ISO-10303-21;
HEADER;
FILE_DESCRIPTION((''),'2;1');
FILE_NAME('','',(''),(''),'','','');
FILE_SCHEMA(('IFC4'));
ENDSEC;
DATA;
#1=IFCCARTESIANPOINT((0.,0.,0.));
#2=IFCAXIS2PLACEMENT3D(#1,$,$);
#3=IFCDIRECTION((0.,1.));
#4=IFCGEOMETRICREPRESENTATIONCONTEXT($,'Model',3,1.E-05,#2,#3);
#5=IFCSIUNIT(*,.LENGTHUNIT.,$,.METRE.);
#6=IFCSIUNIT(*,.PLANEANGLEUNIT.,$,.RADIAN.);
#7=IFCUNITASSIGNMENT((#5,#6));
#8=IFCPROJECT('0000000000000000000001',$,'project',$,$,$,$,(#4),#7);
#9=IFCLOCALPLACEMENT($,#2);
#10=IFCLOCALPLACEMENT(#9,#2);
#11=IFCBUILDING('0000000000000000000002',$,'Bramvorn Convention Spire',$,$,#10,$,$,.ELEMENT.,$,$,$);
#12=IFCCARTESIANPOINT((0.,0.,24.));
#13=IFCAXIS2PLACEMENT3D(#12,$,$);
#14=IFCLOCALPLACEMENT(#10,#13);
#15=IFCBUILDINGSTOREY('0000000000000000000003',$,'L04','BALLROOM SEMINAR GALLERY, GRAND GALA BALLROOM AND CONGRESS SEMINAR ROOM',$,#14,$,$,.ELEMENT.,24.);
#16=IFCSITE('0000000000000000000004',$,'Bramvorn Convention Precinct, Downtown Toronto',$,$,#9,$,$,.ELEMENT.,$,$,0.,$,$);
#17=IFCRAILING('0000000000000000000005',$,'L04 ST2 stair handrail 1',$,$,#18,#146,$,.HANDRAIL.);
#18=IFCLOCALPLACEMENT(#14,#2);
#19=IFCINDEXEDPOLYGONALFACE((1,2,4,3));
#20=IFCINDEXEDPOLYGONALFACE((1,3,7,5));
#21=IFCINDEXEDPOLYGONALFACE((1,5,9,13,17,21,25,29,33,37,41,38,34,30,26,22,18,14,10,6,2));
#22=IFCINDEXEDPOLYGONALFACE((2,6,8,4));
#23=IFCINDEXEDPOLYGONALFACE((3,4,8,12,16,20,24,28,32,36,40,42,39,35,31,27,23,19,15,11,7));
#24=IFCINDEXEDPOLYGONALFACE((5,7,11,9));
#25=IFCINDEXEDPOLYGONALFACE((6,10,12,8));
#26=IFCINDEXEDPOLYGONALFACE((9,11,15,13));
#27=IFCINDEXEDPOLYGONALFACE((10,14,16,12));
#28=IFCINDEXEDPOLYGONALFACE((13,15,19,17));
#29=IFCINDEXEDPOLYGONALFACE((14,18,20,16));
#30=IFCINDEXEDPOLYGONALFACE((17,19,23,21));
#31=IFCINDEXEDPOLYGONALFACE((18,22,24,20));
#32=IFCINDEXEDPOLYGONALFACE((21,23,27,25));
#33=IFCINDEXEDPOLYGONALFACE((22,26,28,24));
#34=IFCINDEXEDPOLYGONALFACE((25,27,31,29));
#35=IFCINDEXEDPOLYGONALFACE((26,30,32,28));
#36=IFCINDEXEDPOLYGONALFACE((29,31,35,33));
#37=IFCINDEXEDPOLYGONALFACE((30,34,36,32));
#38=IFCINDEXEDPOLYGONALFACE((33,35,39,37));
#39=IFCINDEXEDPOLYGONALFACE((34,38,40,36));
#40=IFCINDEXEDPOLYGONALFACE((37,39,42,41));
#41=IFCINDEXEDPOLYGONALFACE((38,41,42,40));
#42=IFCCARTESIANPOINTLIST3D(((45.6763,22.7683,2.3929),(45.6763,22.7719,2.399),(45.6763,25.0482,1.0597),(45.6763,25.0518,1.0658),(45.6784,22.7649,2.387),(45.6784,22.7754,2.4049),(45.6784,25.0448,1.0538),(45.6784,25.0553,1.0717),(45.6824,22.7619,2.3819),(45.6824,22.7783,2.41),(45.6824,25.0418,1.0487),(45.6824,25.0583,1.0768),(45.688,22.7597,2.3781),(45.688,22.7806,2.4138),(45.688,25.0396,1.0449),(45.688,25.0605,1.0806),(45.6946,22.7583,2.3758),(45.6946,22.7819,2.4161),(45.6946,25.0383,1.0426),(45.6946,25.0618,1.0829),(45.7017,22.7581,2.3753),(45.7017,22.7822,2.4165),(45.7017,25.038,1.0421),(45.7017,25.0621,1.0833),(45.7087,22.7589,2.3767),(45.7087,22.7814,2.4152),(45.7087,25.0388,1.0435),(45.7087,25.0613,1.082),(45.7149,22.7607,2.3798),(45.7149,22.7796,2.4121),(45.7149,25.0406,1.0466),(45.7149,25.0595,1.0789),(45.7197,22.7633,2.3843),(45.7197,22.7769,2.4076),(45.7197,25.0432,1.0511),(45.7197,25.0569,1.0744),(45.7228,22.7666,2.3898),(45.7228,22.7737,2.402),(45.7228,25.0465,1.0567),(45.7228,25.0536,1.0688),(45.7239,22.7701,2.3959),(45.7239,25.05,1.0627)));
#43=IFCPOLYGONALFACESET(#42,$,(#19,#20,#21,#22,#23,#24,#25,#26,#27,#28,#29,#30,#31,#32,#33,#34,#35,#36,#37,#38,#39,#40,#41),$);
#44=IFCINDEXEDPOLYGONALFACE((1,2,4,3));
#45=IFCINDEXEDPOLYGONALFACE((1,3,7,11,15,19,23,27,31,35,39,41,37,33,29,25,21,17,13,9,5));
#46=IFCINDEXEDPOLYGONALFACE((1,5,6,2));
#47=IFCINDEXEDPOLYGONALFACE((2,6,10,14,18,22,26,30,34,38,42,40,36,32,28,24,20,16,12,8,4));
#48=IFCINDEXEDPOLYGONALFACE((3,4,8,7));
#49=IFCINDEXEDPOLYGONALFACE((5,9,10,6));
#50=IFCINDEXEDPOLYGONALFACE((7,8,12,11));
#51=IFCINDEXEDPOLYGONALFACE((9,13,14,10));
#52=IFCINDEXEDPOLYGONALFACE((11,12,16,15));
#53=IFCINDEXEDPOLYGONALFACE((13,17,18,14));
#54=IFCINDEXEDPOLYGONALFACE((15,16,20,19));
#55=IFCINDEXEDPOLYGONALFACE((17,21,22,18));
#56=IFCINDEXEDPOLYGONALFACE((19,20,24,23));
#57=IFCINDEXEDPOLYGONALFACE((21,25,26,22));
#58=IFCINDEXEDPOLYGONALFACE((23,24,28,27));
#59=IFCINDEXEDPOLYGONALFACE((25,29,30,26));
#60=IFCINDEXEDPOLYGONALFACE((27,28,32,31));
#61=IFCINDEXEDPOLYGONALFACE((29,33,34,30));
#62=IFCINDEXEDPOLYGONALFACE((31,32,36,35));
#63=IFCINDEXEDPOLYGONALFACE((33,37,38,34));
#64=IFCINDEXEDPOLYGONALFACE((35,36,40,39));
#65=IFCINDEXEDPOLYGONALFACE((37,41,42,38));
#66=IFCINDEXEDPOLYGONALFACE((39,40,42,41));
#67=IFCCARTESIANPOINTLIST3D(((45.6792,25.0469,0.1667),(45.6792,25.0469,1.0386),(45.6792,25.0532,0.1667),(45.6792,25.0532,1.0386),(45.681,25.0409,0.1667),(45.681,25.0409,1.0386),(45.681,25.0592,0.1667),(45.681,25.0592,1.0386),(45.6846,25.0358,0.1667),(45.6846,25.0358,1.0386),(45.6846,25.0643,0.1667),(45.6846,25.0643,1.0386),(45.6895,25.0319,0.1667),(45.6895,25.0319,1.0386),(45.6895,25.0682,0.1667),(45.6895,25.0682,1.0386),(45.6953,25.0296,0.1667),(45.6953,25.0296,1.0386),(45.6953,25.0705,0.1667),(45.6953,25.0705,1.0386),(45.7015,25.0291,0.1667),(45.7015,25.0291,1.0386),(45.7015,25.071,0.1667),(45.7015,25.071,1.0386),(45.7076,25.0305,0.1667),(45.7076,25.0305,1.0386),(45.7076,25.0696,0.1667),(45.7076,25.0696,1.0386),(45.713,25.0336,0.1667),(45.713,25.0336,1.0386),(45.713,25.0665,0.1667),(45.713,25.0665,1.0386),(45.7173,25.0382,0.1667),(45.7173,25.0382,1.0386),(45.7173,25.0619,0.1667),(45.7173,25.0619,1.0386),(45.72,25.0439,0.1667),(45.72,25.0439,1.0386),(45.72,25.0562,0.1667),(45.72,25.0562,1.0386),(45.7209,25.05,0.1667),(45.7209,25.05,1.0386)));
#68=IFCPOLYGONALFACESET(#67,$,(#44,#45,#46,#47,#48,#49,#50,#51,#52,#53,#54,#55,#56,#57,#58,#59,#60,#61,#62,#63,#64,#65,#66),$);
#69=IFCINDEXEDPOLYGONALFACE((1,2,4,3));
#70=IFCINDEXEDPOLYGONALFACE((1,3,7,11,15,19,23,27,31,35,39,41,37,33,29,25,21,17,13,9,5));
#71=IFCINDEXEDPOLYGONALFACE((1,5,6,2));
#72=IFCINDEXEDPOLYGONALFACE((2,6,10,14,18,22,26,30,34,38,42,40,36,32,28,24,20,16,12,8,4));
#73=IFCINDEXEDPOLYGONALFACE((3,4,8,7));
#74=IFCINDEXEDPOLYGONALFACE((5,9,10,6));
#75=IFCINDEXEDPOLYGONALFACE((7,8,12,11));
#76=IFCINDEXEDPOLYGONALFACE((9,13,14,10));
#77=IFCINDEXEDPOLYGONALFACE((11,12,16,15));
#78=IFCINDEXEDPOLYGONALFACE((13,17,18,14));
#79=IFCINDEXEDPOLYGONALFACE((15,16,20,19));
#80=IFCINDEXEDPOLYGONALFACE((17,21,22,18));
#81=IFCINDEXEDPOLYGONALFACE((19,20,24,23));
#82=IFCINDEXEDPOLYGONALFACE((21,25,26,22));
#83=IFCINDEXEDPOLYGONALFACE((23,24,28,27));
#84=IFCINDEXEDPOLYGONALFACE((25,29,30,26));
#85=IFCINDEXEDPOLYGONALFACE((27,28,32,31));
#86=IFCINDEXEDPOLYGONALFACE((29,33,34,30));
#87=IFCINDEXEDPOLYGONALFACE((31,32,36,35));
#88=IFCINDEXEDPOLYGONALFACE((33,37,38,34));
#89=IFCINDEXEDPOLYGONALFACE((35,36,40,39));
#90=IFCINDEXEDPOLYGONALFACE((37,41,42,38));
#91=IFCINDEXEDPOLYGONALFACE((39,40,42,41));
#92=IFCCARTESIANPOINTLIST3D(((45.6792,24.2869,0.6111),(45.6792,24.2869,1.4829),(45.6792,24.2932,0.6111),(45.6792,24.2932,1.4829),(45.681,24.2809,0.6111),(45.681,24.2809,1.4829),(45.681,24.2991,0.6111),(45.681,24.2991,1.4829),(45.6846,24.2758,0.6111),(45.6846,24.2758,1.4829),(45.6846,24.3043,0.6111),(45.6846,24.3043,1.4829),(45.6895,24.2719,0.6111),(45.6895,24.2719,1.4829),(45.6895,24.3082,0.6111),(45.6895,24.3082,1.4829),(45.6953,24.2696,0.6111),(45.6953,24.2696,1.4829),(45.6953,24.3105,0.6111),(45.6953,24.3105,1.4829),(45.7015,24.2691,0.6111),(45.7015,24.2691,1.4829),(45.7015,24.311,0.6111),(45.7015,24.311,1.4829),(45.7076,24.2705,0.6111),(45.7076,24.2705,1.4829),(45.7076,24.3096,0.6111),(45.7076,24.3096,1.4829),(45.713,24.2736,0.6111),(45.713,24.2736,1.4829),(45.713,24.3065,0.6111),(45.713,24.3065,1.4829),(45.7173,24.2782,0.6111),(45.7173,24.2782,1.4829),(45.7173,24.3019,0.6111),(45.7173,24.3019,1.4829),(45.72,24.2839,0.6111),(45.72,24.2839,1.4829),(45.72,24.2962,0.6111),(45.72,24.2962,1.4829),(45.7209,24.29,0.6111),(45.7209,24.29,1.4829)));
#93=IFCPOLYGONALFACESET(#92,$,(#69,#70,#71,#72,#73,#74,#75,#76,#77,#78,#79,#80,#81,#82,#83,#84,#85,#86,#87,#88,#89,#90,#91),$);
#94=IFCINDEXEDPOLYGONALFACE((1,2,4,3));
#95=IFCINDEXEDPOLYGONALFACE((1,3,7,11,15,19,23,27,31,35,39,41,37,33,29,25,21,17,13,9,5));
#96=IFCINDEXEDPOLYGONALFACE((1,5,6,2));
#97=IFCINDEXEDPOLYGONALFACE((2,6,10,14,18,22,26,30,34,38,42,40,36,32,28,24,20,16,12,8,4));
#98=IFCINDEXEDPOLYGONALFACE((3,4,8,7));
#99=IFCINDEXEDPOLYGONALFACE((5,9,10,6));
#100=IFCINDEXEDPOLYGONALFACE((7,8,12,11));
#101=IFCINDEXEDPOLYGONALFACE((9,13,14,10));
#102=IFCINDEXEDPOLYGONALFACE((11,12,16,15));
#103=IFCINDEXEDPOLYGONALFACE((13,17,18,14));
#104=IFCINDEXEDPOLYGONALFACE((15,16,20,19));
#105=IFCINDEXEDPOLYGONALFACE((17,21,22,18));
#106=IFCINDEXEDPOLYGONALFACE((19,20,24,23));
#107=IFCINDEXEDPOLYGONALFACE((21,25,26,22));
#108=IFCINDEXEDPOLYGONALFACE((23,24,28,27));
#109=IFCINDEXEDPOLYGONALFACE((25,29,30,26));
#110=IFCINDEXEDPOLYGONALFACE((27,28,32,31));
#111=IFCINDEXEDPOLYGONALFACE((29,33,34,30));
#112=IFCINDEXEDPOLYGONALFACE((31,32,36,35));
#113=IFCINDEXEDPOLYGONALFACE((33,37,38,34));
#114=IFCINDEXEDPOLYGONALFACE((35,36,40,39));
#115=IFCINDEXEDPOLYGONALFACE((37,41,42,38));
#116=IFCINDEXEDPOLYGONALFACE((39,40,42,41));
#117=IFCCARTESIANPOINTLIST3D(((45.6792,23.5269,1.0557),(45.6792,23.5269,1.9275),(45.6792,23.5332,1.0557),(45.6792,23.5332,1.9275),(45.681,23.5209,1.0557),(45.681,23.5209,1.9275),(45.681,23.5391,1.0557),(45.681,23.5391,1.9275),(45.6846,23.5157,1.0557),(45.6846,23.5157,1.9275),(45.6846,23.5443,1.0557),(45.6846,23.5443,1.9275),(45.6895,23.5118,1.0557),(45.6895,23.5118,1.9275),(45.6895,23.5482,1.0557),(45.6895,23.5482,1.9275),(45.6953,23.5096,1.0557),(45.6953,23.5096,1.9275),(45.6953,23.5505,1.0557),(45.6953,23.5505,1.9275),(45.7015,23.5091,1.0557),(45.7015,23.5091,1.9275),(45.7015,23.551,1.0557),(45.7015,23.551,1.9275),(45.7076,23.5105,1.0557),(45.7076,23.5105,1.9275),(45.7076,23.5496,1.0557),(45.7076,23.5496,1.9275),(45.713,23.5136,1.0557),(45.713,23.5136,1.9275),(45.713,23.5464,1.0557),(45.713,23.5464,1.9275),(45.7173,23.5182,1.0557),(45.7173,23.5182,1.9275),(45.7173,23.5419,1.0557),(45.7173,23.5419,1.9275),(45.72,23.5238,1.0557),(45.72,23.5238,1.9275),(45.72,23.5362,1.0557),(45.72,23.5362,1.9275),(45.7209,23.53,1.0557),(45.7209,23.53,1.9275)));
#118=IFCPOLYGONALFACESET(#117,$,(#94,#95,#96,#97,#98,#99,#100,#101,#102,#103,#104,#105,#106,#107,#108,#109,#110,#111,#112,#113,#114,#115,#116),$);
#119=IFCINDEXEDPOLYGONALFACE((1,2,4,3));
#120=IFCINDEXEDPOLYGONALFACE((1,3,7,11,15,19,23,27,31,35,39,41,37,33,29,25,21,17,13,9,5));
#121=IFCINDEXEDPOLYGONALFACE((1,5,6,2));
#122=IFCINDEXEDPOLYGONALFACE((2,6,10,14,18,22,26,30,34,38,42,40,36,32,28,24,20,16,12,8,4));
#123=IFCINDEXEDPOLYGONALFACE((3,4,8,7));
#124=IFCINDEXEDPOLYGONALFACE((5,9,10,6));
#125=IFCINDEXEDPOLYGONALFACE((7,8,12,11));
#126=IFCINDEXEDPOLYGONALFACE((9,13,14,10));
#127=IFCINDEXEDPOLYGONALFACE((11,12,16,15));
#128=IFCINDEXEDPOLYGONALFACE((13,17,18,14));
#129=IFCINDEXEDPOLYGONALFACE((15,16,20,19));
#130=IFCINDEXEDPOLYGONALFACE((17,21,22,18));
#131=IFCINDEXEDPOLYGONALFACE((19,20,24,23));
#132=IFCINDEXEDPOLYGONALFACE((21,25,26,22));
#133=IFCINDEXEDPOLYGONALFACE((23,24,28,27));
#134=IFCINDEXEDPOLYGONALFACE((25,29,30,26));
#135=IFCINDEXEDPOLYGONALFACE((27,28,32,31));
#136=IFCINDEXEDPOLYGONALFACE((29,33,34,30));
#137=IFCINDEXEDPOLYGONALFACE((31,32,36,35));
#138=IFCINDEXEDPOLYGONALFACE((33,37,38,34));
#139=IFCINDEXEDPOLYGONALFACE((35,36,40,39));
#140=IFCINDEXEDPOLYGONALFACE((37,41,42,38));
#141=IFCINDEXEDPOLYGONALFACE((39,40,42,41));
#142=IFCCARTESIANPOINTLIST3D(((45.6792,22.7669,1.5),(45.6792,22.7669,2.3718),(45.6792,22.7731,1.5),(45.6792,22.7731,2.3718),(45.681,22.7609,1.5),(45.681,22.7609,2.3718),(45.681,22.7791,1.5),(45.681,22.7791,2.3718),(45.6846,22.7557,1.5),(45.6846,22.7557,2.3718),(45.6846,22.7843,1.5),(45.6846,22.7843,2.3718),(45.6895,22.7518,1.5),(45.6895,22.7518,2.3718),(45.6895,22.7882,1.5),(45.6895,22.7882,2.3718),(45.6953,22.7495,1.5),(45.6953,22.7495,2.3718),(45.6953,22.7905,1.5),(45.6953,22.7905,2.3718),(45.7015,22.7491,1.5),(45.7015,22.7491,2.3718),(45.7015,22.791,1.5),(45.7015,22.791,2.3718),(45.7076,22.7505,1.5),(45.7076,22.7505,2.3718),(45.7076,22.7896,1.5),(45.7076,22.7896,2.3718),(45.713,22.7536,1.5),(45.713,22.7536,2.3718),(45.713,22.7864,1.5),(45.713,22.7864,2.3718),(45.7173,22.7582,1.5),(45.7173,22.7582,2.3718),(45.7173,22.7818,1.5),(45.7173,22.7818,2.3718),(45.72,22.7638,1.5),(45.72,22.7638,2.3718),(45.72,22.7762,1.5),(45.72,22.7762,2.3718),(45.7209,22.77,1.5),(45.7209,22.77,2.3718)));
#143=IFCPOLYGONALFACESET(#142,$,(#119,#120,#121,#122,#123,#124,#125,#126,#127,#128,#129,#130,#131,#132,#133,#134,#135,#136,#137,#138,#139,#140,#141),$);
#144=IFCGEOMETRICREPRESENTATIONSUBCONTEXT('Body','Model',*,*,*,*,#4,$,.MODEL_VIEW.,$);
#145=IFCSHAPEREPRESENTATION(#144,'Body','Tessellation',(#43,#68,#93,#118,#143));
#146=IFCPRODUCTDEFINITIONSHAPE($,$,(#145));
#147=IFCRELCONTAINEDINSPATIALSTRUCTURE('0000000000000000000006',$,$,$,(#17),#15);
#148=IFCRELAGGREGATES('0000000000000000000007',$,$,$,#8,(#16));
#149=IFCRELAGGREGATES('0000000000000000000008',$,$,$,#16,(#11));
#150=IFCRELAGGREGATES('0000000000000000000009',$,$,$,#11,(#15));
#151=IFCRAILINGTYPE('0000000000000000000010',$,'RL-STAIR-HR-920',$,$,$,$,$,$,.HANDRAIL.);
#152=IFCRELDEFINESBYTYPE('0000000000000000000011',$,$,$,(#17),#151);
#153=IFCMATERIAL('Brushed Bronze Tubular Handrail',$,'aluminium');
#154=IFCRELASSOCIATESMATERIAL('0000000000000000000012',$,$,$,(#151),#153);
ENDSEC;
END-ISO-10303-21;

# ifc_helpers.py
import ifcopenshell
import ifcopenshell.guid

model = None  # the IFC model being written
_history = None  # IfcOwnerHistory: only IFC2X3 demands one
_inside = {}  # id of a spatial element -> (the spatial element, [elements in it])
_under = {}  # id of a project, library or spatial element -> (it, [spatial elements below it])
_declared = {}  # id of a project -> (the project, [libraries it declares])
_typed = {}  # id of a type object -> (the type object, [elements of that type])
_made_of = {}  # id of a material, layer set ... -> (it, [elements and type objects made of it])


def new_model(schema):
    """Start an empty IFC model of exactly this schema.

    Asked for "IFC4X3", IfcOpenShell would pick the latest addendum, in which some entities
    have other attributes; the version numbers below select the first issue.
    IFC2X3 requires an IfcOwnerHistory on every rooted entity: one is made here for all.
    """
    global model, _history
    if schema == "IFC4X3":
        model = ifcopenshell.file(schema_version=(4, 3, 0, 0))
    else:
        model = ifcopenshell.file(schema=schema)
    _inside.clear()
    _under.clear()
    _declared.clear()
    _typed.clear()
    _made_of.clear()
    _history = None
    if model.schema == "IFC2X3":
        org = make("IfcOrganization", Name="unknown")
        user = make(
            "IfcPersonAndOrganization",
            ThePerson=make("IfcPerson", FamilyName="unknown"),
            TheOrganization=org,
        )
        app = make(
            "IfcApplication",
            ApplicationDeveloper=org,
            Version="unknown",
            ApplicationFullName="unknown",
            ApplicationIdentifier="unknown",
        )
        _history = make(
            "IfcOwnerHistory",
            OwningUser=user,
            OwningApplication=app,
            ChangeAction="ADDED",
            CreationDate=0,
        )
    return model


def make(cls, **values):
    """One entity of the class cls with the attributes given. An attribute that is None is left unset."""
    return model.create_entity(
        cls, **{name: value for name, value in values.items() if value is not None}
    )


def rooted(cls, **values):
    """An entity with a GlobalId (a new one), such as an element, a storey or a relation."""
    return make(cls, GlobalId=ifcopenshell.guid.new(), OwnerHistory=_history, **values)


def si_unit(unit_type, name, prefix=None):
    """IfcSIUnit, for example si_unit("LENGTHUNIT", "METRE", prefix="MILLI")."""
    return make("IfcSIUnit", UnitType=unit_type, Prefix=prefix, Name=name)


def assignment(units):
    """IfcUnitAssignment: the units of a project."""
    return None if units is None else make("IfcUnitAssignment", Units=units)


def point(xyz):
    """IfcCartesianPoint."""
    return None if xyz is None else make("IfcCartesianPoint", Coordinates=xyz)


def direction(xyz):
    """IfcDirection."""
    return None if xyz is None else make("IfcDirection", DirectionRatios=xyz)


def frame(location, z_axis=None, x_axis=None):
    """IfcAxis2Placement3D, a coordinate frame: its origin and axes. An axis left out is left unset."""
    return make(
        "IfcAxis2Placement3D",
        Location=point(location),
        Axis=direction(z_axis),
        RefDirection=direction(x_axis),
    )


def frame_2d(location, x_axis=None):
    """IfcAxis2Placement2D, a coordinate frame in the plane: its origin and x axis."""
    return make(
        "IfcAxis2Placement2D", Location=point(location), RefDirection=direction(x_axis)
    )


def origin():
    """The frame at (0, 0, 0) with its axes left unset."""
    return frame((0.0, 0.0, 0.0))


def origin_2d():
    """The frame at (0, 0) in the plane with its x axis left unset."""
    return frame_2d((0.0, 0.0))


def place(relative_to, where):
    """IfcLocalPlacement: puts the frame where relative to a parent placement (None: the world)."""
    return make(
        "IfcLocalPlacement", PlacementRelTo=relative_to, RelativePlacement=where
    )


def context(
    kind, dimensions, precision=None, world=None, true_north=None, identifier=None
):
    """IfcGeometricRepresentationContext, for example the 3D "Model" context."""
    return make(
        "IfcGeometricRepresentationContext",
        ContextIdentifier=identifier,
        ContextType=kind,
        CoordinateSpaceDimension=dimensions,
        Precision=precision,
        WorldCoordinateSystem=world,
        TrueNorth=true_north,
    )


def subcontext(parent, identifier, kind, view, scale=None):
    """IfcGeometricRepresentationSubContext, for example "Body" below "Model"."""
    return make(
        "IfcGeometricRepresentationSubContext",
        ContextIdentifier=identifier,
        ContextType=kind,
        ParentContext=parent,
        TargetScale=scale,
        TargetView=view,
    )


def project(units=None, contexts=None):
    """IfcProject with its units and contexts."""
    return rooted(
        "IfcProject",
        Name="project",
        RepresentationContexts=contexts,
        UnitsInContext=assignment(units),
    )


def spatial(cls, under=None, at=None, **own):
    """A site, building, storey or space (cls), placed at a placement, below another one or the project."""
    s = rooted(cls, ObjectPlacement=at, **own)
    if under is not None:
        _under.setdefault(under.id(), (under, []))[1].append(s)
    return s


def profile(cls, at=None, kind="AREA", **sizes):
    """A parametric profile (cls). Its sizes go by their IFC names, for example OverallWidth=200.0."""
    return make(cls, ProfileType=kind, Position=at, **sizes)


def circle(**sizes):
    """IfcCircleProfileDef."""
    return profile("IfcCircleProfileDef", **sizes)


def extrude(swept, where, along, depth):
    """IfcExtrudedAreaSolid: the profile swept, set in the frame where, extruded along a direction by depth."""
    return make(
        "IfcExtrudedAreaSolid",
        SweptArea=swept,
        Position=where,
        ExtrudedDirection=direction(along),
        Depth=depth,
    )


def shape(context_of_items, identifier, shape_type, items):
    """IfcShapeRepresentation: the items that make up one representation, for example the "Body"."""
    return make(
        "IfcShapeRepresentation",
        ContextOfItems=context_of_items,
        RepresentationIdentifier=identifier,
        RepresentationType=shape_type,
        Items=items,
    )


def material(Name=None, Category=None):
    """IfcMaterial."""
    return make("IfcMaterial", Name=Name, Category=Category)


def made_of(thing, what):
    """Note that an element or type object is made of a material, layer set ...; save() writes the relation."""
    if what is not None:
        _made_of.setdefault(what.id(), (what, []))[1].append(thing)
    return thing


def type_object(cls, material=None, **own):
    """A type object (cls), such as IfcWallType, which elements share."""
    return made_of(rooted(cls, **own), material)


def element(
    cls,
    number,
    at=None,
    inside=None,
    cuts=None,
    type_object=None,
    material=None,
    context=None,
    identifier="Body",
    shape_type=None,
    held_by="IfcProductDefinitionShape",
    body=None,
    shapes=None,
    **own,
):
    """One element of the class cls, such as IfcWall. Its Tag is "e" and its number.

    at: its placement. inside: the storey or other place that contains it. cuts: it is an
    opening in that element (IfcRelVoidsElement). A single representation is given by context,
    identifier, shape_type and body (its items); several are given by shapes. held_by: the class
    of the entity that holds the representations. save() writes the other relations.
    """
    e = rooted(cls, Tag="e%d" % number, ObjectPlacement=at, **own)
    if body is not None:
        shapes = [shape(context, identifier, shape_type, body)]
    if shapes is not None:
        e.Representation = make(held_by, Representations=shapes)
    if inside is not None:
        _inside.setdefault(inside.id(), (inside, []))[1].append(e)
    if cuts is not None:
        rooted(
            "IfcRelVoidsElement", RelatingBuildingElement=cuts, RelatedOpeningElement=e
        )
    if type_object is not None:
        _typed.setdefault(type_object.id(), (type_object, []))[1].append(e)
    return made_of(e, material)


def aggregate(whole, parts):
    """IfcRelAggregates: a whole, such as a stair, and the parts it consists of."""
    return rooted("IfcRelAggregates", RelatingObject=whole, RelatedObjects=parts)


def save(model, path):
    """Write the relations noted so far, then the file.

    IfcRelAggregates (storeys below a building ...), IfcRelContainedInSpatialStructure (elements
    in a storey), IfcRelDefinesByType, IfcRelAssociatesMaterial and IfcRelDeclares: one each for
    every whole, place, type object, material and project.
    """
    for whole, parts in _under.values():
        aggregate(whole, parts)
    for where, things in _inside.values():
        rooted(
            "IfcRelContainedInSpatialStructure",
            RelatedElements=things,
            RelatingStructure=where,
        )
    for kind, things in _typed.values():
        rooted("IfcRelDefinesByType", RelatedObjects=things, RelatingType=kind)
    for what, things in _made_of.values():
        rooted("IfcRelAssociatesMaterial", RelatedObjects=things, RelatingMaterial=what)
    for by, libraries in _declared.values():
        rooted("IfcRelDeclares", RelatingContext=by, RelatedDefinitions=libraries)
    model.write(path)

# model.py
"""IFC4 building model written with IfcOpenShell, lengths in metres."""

from ifc_helpers import new_model, si_unit, direction, frame, origin, origin_2d, place, context, subcontext, project, spatial, circle, extrude, material, type_object, element, save


model = new_model("IFC4")

# Units and contexts
model_context = context("Model", 3, precision=1e-05, world=origin(), true_north=direction((0.0, 1.0)))
body_context = subcontext(model_context, "Body", "Model", "MODEL_VIEW")
ifc_project = project(units=[si_unit("LENGTHUNIT", "METRE"), si_unit("PLANEANGLEUNIT", "RADIAN")], contexts=[model_context])

# Site, building, storey
site_placement = place(None, origin())
site = spatial("IfcSite", under=ifc_project, at=site_placement, Name="Bramvorn Convention Precinct, Downtown Toronto", CompositionType="ELEMENT", RefElevation=0.0)
building_placement = place(site_placement, origin())
building = spatial("IfcBuilding", under=site, at=building_placement, Name="Bramvorn Convention Spire", CompositionType="ELEMENT")
storey_placement = place(building_placement, frame((0.0, 0.0, 24.0)))
storey = spatial("IfcBuildingStorey", under=building, at=storey_placement, Name="L04", Description="BALLROOM SEMINAR GALLERY, GRAND GALA BALLROOM AND CONGRESS SEMINAR ROOM", CompositionType="ELEMENT", Elevation=24.0)

# Railing
ifc_material_1 = material(Name="Brushed Bronze Tubular Handrail", Category="aluminium")
railing_type_1 = type_object("IfcRailingType", Name="RL-STAIR-HR-920", PredefinedType="HANDRAIL", material=ifc_material_1)
for number, where, name in (
    (1, (45.7, 25.05, 0.1667), "L04 ST2 stair handrail 1"),
):
    element("IfcRailing", number, at=place(storey_placement, frame(where)), inside=storey, type_object=railing_type_1, Name=name, PredefinedType="HANDRAIL", context=body_context, shape_type="SweptSolid", body=[
        extrude(circle(Radius=0.0239, at=origin_2d()), frame((0.0, 0.0, 0.896), z_axis=(0.0, -0.863245, 0.504785), x_axis=(1.0, 0.0, 0.0)), (0.0, 0.0, 1.0), 2.6411),
        extrude(circle(Radius=0.021, at=origin_2d()), origin(), (0.0, 0.0, 1.0), 0.8718),
        extrude(circle(Radius=0.021, at=origin_2d()), frame((0.0, -0.76, 0.4443)), (0.0, 0.0, 1.0), 0.8718),
        extrude(circle(Radius=0.021, at=origin_2d()), frame((0.0, -1.52, 0.8889)), (0.0, 0.0, 1.0), 0.8718),
        extrude(circle(Radius=0.021, at=origin_2d()), frame((0.0, -2.28, 1.3333)), (0.0, 0.0, 1.0), 0.8718),
    ])

save(model, "model.ifc")
